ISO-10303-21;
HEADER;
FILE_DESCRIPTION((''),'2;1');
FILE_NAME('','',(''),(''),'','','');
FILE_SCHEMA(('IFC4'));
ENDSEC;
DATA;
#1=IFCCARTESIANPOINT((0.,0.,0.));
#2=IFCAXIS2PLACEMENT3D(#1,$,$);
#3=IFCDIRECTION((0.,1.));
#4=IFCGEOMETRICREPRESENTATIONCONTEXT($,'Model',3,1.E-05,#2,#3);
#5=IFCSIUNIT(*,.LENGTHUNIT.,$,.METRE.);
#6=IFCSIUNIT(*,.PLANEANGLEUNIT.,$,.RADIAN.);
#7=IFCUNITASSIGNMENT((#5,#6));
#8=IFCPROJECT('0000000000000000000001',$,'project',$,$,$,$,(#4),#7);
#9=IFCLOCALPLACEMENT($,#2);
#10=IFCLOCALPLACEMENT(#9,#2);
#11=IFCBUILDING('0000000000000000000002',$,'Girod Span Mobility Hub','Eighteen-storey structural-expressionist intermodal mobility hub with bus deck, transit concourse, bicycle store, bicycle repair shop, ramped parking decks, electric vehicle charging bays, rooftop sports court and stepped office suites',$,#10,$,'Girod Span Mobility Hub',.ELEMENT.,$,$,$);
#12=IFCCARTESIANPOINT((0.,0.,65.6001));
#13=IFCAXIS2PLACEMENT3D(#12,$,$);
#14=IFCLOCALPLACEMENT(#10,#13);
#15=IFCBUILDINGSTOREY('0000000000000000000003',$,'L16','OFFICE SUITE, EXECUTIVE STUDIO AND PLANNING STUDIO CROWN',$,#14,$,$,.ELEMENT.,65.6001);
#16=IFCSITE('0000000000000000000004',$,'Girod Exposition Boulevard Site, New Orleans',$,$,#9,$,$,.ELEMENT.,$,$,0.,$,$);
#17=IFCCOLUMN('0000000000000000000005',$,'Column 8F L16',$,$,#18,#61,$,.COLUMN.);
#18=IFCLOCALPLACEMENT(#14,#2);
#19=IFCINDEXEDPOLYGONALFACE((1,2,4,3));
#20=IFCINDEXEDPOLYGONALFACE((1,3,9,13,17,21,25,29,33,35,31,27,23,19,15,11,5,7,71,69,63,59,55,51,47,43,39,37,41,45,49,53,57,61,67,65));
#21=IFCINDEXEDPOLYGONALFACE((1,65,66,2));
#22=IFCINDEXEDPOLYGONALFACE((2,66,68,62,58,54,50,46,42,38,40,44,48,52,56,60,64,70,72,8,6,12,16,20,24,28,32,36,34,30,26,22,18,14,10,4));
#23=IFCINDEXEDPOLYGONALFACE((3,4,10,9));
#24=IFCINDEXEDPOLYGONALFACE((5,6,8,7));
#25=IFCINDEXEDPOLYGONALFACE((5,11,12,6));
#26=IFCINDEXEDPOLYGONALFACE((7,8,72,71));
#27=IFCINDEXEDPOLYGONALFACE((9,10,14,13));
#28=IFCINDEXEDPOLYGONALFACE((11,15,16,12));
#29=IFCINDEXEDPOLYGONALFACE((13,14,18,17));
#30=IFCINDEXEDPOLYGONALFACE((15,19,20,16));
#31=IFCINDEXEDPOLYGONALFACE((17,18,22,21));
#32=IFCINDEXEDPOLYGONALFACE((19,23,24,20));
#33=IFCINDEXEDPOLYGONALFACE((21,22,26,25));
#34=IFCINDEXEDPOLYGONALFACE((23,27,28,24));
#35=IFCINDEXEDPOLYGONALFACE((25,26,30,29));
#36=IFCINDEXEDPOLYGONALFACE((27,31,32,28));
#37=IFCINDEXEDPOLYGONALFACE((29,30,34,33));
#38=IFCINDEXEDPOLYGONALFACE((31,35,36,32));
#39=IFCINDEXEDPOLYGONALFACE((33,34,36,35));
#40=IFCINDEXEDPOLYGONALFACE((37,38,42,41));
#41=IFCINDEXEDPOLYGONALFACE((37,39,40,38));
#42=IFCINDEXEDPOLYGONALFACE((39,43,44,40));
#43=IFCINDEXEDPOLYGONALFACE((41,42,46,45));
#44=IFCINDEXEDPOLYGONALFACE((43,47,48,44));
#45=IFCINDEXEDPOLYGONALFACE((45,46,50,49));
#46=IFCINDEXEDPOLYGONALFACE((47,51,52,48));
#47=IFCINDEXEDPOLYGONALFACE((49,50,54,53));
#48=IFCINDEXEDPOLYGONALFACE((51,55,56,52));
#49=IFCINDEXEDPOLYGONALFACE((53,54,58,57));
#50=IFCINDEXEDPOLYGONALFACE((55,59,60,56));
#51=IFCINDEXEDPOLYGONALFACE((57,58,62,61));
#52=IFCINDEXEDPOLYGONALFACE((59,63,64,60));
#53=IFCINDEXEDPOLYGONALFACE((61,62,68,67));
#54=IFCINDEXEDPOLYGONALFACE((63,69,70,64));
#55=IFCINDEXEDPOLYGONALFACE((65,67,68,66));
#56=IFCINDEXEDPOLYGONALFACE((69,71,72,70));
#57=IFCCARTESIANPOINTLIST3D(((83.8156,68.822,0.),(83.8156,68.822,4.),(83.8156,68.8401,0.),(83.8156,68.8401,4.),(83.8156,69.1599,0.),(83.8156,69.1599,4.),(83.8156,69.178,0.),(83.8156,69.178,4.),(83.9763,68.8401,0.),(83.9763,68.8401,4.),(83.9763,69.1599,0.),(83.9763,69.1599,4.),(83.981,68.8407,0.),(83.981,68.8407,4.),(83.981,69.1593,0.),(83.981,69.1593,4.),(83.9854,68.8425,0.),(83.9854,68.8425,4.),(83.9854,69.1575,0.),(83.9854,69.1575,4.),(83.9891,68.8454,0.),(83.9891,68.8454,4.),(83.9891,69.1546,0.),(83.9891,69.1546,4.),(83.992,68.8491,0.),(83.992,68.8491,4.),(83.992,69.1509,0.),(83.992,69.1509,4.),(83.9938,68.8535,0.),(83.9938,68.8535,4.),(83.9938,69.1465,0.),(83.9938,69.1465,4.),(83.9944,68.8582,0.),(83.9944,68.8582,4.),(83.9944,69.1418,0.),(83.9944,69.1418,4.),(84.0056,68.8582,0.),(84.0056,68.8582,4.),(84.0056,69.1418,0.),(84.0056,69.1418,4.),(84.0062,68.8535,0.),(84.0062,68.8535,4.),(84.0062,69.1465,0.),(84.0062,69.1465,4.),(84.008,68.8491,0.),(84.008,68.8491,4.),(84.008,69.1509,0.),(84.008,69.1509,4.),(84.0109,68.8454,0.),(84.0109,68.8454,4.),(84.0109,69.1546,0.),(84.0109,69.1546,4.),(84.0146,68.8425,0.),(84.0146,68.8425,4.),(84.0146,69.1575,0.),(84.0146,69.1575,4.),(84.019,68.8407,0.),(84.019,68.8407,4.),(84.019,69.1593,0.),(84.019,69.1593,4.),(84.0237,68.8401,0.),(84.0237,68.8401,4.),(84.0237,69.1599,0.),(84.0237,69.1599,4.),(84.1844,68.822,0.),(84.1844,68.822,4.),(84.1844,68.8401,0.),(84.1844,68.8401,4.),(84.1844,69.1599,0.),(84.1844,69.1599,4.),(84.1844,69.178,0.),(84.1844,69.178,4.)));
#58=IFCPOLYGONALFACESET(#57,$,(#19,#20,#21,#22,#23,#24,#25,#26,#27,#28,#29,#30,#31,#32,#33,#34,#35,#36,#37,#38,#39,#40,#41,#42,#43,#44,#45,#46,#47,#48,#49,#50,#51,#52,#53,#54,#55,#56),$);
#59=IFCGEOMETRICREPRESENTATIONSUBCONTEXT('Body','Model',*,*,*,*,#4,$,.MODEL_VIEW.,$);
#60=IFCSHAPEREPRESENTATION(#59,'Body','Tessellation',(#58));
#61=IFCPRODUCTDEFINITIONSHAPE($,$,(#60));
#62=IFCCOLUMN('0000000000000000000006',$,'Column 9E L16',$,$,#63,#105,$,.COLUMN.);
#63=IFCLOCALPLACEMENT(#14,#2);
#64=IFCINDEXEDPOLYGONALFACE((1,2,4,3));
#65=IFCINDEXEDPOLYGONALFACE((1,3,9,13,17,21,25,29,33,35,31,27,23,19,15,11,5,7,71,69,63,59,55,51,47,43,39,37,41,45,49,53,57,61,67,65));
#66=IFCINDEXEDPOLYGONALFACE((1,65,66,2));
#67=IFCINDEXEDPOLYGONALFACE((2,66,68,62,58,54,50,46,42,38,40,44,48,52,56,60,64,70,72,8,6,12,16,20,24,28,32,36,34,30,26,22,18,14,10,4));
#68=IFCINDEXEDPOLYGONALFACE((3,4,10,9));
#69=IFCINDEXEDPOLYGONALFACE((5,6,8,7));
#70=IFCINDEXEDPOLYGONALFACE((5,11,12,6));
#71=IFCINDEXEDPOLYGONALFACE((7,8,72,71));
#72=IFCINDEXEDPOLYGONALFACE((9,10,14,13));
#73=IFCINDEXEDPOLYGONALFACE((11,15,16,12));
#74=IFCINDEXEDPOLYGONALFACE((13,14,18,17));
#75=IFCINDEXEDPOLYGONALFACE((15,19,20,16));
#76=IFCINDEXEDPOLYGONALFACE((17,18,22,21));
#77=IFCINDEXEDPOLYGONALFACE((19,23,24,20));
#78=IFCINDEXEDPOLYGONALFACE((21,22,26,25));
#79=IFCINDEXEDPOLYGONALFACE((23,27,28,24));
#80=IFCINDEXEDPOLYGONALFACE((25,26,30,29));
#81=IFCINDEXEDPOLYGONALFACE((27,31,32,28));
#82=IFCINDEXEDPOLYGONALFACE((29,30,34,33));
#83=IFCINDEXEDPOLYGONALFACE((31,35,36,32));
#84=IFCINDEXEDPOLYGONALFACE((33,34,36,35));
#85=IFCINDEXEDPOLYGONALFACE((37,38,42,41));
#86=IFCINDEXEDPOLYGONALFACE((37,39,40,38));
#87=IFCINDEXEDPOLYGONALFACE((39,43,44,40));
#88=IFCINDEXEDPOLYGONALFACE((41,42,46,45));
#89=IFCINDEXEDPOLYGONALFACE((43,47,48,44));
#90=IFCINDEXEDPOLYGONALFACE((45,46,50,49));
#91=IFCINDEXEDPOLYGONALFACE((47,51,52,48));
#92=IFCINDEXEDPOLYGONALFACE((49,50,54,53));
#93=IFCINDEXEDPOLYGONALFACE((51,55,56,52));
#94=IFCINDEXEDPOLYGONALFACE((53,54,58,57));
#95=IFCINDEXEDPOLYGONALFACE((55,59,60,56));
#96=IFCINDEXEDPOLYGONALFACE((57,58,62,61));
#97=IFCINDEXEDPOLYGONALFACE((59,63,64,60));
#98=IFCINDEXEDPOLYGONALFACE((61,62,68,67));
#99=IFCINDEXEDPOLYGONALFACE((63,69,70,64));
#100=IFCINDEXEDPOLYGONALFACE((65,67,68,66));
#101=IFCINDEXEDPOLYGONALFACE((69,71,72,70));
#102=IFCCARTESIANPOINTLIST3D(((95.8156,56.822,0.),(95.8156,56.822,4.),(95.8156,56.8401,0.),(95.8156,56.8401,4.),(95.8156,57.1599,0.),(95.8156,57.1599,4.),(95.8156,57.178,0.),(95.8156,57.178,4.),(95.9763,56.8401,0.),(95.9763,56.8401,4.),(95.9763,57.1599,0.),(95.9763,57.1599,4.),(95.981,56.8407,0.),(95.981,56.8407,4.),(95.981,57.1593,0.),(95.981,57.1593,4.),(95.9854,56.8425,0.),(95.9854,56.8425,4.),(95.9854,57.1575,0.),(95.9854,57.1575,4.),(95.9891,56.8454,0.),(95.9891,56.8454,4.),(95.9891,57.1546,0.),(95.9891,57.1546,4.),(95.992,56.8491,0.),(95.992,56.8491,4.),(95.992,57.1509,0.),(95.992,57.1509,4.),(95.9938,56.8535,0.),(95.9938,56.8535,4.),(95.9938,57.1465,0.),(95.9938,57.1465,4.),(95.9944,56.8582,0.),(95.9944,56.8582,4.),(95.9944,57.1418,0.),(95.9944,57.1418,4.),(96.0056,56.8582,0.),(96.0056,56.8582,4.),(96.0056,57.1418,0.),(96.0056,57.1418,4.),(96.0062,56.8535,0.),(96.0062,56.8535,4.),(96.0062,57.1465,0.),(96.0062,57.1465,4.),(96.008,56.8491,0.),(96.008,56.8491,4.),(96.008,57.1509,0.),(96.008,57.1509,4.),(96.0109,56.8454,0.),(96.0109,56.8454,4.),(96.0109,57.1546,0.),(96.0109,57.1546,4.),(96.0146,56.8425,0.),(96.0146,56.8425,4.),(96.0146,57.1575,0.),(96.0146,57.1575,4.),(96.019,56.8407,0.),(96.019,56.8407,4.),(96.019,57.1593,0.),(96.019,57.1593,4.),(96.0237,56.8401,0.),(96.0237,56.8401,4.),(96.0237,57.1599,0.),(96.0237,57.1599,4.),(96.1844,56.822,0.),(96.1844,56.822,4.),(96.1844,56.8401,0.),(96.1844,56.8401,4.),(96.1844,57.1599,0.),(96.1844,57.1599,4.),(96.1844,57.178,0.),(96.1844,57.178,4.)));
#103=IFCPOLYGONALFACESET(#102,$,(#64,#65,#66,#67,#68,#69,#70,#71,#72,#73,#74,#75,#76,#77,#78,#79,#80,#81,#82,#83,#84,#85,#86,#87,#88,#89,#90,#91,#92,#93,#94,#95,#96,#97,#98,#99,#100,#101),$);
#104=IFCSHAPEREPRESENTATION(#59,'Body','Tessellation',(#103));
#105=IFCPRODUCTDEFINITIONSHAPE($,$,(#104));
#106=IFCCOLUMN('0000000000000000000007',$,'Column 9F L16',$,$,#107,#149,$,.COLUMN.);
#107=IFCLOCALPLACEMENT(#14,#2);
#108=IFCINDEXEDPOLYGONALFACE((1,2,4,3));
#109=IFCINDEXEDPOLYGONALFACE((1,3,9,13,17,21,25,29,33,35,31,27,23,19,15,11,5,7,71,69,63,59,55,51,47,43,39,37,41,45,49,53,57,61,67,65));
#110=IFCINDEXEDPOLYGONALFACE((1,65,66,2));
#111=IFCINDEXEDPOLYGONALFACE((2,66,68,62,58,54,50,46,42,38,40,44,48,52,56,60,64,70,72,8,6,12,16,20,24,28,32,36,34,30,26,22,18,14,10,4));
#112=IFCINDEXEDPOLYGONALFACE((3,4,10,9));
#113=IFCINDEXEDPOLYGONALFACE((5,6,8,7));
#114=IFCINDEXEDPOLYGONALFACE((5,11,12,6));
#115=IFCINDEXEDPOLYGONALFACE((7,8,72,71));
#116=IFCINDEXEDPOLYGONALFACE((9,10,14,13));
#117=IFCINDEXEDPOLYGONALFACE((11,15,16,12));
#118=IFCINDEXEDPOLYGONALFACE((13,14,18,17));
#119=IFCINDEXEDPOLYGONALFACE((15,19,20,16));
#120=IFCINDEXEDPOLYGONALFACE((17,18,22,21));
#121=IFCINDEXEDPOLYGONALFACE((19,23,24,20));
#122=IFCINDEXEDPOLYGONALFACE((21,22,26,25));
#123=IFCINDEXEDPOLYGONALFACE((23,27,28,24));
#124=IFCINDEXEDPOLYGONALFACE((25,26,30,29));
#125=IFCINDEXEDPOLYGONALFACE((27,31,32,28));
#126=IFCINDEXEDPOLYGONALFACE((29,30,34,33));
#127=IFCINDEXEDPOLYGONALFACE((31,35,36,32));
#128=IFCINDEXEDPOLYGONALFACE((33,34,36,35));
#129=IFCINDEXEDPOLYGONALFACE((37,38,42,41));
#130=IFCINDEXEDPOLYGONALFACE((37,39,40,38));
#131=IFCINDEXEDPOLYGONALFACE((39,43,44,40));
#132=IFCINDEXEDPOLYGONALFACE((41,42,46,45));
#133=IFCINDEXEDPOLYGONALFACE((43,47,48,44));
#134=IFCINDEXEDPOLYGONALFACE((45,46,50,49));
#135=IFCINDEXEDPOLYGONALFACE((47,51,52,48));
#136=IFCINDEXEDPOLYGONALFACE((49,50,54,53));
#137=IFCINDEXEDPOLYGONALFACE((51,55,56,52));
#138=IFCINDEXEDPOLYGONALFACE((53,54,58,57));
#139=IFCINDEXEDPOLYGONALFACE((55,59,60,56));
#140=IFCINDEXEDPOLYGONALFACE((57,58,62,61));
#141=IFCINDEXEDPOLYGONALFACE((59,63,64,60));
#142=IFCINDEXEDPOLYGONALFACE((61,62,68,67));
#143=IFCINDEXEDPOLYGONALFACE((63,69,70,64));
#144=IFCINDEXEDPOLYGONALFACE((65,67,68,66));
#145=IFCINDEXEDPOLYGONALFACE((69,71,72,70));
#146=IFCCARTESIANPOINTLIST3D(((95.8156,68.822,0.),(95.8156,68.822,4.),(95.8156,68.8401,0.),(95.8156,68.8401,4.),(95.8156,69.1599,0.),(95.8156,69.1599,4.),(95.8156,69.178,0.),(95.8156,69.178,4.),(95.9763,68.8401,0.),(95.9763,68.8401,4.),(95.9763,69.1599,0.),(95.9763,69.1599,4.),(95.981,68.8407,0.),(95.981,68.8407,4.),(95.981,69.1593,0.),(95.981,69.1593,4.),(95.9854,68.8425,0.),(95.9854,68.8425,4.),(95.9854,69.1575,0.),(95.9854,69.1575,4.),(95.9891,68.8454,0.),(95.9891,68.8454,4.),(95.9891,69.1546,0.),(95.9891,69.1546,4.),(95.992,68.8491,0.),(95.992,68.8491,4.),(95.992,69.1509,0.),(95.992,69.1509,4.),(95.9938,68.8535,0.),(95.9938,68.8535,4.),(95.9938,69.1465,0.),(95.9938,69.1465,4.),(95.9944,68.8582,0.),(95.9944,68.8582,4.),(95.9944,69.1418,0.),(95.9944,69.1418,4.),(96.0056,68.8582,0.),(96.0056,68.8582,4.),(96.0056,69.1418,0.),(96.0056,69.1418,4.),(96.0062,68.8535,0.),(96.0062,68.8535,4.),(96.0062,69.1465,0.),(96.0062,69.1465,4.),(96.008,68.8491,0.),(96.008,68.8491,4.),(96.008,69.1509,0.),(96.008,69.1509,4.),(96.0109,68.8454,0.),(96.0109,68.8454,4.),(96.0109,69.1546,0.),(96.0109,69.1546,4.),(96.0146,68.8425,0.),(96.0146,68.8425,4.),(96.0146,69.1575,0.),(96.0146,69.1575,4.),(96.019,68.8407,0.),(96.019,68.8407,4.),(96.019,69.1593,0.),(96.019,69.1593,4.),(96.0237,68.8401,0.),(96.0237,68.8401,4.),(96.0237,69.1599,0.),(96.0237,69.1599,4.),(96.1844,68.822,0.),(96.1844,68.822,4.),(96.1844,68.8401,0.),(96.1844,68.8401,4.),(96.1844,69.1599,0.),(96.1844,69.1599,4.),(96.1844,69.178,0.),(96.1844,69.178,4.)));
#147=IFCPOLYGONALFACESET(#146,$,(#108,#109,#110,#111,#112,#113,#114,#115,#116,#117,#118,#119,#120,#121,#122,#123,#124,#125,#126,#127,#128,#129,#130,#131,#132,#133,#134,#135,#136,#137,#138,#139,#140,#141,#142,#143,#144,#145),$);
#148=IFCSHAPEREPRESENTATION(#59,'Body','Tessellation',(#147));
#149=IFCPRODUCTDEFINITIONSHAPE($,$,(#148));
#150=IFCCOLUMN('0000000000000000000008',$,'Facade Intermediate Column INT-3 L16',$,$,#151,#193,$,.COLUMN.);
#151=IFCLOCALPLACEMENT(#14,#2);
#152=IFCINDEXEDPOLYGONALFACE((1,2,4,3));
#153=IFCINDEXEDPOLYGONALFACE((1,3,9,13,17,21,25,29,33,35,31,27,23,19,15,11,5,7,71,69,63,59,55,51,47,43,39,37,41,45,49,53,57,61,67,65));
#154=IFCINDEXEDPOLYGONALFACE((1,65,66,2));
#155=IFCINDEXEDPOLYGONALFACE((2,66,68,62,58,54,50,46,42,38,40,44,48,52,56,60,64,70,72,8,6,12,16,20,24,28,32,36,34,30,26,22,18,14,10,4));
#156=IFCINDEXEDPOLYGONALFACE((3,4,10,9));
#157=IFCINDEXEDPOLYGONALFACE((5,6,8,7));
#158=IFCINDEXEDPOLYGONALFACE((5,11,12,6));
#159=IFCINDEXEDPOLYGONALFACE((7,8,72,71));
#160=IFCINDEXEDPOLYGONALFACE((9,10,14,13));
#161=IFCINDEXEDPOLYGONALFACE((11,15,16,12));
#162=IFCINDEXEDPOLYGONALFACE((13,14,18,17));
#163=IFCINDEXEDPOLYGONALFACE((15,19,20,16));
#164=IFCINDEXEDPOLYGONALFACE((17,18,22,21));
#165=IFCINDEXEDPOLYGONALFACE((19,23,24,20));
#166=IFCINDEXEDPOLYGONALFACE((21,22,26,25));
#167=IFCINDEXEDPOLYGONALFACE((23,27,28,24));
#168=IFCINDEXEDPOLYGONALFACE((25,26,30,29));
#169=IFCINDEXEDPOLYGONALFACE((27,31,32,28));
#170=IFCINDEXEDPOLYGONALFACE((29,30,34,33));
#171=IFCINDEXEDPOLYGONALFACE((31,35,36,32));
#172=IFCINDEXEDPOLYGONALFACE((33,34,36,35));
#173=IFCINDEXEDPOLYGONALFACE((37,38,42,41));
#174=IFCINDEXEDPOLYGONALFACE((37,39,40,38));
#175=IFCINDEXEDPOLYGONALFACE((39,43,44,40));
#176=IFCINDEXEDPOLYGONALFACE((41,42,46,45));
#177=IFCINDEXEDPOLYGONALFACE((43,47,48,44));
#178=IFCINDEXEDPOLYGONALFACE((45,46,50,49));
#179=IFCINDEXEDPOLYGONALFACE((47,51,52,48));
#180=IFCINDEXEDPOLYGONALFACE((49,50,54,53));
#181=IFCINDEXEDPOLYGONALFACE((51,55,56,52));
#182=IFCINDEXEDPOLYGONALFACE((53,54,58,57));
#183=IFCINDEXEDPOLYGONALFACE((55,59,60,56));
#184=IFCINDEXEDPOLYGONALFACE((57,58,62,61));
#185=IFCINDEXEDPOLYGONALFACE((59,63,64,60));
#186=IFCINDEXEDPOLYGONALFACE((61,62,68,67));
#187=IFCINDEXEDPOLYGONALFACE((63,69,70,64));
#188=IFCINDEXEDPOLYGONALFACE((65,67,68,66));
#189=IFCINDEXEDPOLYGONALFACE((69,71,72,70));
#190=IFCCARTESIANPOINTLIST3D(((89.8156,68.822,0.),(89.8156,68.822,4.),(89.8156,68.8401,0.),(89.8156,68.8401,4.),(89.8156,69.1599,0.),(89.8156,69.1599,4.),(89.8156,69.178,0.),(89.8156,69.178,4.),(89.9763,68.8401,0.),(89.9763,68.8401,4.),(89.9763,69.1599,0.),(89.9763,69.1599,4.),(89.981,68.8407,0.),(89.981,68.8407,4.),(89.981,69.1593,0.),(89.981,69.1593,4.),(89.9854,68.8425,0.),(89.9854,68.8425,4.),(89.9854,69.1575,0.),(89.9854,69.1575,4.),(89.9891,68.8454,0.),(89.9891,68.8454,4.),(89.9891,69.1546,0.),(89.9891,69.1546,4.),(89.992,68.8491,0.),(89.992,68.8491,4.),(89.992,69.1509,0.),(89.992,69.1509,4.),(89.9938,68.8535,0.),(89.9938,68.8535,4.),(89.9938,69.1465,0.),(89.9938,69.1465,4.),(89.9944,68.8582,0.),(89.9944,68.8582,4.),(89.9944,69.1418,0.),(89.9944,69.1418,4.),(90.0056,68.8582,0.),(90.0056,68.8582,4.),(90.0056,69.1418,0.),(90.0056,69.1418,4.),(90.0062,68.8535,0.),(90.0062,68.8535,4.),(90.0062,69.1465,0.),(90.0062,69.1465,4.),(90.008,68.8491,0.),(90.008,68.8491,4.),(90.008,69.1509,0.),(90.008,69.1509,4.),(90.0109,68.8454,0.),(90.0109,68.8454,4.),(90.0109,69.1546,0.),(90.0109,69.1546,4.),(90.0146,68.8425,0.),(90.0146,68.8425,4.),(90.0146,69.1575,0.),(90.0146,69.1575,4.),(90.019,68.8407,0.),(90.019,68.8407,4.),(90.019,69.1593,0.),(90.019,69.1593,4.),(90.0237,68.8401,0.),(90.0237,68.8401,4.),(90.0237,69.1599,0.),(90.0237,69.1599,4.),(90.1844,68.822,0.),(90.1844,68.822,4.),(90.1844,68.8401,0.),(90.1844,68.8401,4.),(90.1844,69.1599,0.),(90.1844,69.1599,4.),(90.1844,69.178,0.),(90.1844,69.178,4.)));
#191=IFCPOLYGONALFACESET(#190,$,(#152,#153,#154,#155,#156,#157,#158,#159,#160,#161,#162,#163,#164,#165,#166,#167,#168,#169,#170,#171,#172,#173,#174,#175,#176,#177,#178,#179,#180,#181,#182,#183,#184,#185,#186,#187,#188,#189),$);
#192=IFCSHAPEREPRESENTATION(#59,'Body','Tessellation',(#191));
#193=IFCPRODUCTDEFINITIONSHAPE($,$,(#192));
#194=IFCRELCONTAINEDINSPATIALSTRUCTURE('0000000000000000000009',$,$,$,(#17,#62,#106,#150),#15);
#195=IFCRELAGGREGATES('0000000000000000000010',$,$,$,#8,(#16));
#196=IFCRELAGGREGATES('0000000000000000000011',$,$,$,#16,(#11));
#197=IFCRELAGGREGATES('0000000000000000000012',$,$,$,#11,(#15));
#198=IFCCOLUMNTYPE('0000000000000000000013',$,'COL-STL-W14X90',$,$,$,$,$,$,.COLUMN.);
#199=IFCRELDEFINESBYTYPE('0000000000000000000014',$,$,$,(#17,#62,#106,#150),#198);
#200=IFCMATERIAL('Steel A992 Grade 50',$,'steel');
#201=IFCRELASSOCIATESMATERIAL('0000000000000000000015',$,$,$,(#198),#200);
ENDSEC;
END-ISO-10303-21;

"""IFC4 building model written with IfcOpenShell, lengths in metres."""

from ifc_helpers import new_model, si_unit, direction, frame, origin, origin_2d, place, context, subcontext, project, spatial, i_section, extrude, material, material_profile, profile_set, type_object, element, save


model = new_model("IFC4")

# Units and contexts
model_context = context("Model", 3, precision=1e-05, world=origin(), true_north=direction((0.0, 1.0)))
body_context = subcontext(model_context, "Body", "Model", "MODEL_VIEW")
ifc_project = project(units=[si_unit("LENGTHUNIT", "METRE"), si_unit("PLANEANGLEUNIT", "RADIAN")], contexts=[model_context])

# Site, building, storey
site_placement = place(None, origin())
site = spatial("IfcSite", under=ifc_project, at=site_placement, Name="Girod Exposition Boulevard Site, New Orleans", CompositionType="ELEMENT", RefElevation=0.0)
building_placement = place(site_placement, origin())
building = spatial("IfcBuilding", under=site, at=building_placement, Name="Girod Span Mobility Hub", Description="Eighteen-storey structural-expressionist intermodal mobility hub with bus deck, transit concourse, bicycle store, bicycle repair shop, ramped parking decks, electric vehicle charging bays, rooftop sports court and stepped office suites", LongName="Girod Span Mobility Hub", CompositionType="ELEMENT")
storey_placement = place(building_placement, frame((0.0, 0.0, 65.6001)))
storey = spatial("IfcBuildingStorey", under=building, at=storey_placement, Name="L16", Description="OFFICE SUITE, EXECUTIVE STUDIO AND PLANNING STUDIO CROWN", CompositionType="ELEMENT", Elevation=65.6001)

# Columns
ifc_material_1 = material(Name="Steel A992 Grade 50", Category="steel")
ifc_material_profile_1 = material_profile(ifc_material_1, i_section(OverallWidth=0.3689, OverallDepth=0.356, WebThickness=0.0112, FlangeThickness=0.0181, FilletRadius=0.0181, at=origin_2d()), Name="W14X90")
ifc_profile_set_1 = profile_set([ifc_material_profile_1], Name="Steel A992 Grade 50")
column_type = type_object("IfcColumnType", Name="COL-STL-W14X90", PredefinedType="COLUMN", material=ifc_profile_set_1)
for number, where, z_axis, x_axis, name in (
    (1, (84.0, 69.0, 0.0), (0.0, 0.0, 1.0), (1.0, 0.0, 0.0), "Column 8F L16"),
    (2, (96.0, 57.0, 0.0), (0.0, 0.0, 1.0), (1.0, 0.0, 0.0), "Column 9E L16"),
    (3, (96.0, 69.0, 0.0), (0.0, 0.0, 1.0), (1.0, 0.0, 0.0), "Column 9F L16"),
    (4, (90.0, 69.0, 0.0), (0.0, 0.0, 1.0), (1.0, 0.0, 0.0), "Facade Intermediate Column INT-3 L16"),
):
    element("IfcColumn", number, at=place(storey_placement, frame(where, z_axis=z_axis, x_axis=x_axis)), inside=storey, type_object=column_type, Name=name, PredefinedType="COLUMN", context=body_context, shape_type="SweptSolid", body=[
        extrude(i_section(OverallWidth=0.3689, OverallDepth=0.356, WebThickness=0.0112, FlangeThickness=0.0181, FilletRadius=0.0181, at=origin_2d()), origin(), (0.0, 0.0, 1.0), 4.0),
    ])

save(model, "model.ifc")
